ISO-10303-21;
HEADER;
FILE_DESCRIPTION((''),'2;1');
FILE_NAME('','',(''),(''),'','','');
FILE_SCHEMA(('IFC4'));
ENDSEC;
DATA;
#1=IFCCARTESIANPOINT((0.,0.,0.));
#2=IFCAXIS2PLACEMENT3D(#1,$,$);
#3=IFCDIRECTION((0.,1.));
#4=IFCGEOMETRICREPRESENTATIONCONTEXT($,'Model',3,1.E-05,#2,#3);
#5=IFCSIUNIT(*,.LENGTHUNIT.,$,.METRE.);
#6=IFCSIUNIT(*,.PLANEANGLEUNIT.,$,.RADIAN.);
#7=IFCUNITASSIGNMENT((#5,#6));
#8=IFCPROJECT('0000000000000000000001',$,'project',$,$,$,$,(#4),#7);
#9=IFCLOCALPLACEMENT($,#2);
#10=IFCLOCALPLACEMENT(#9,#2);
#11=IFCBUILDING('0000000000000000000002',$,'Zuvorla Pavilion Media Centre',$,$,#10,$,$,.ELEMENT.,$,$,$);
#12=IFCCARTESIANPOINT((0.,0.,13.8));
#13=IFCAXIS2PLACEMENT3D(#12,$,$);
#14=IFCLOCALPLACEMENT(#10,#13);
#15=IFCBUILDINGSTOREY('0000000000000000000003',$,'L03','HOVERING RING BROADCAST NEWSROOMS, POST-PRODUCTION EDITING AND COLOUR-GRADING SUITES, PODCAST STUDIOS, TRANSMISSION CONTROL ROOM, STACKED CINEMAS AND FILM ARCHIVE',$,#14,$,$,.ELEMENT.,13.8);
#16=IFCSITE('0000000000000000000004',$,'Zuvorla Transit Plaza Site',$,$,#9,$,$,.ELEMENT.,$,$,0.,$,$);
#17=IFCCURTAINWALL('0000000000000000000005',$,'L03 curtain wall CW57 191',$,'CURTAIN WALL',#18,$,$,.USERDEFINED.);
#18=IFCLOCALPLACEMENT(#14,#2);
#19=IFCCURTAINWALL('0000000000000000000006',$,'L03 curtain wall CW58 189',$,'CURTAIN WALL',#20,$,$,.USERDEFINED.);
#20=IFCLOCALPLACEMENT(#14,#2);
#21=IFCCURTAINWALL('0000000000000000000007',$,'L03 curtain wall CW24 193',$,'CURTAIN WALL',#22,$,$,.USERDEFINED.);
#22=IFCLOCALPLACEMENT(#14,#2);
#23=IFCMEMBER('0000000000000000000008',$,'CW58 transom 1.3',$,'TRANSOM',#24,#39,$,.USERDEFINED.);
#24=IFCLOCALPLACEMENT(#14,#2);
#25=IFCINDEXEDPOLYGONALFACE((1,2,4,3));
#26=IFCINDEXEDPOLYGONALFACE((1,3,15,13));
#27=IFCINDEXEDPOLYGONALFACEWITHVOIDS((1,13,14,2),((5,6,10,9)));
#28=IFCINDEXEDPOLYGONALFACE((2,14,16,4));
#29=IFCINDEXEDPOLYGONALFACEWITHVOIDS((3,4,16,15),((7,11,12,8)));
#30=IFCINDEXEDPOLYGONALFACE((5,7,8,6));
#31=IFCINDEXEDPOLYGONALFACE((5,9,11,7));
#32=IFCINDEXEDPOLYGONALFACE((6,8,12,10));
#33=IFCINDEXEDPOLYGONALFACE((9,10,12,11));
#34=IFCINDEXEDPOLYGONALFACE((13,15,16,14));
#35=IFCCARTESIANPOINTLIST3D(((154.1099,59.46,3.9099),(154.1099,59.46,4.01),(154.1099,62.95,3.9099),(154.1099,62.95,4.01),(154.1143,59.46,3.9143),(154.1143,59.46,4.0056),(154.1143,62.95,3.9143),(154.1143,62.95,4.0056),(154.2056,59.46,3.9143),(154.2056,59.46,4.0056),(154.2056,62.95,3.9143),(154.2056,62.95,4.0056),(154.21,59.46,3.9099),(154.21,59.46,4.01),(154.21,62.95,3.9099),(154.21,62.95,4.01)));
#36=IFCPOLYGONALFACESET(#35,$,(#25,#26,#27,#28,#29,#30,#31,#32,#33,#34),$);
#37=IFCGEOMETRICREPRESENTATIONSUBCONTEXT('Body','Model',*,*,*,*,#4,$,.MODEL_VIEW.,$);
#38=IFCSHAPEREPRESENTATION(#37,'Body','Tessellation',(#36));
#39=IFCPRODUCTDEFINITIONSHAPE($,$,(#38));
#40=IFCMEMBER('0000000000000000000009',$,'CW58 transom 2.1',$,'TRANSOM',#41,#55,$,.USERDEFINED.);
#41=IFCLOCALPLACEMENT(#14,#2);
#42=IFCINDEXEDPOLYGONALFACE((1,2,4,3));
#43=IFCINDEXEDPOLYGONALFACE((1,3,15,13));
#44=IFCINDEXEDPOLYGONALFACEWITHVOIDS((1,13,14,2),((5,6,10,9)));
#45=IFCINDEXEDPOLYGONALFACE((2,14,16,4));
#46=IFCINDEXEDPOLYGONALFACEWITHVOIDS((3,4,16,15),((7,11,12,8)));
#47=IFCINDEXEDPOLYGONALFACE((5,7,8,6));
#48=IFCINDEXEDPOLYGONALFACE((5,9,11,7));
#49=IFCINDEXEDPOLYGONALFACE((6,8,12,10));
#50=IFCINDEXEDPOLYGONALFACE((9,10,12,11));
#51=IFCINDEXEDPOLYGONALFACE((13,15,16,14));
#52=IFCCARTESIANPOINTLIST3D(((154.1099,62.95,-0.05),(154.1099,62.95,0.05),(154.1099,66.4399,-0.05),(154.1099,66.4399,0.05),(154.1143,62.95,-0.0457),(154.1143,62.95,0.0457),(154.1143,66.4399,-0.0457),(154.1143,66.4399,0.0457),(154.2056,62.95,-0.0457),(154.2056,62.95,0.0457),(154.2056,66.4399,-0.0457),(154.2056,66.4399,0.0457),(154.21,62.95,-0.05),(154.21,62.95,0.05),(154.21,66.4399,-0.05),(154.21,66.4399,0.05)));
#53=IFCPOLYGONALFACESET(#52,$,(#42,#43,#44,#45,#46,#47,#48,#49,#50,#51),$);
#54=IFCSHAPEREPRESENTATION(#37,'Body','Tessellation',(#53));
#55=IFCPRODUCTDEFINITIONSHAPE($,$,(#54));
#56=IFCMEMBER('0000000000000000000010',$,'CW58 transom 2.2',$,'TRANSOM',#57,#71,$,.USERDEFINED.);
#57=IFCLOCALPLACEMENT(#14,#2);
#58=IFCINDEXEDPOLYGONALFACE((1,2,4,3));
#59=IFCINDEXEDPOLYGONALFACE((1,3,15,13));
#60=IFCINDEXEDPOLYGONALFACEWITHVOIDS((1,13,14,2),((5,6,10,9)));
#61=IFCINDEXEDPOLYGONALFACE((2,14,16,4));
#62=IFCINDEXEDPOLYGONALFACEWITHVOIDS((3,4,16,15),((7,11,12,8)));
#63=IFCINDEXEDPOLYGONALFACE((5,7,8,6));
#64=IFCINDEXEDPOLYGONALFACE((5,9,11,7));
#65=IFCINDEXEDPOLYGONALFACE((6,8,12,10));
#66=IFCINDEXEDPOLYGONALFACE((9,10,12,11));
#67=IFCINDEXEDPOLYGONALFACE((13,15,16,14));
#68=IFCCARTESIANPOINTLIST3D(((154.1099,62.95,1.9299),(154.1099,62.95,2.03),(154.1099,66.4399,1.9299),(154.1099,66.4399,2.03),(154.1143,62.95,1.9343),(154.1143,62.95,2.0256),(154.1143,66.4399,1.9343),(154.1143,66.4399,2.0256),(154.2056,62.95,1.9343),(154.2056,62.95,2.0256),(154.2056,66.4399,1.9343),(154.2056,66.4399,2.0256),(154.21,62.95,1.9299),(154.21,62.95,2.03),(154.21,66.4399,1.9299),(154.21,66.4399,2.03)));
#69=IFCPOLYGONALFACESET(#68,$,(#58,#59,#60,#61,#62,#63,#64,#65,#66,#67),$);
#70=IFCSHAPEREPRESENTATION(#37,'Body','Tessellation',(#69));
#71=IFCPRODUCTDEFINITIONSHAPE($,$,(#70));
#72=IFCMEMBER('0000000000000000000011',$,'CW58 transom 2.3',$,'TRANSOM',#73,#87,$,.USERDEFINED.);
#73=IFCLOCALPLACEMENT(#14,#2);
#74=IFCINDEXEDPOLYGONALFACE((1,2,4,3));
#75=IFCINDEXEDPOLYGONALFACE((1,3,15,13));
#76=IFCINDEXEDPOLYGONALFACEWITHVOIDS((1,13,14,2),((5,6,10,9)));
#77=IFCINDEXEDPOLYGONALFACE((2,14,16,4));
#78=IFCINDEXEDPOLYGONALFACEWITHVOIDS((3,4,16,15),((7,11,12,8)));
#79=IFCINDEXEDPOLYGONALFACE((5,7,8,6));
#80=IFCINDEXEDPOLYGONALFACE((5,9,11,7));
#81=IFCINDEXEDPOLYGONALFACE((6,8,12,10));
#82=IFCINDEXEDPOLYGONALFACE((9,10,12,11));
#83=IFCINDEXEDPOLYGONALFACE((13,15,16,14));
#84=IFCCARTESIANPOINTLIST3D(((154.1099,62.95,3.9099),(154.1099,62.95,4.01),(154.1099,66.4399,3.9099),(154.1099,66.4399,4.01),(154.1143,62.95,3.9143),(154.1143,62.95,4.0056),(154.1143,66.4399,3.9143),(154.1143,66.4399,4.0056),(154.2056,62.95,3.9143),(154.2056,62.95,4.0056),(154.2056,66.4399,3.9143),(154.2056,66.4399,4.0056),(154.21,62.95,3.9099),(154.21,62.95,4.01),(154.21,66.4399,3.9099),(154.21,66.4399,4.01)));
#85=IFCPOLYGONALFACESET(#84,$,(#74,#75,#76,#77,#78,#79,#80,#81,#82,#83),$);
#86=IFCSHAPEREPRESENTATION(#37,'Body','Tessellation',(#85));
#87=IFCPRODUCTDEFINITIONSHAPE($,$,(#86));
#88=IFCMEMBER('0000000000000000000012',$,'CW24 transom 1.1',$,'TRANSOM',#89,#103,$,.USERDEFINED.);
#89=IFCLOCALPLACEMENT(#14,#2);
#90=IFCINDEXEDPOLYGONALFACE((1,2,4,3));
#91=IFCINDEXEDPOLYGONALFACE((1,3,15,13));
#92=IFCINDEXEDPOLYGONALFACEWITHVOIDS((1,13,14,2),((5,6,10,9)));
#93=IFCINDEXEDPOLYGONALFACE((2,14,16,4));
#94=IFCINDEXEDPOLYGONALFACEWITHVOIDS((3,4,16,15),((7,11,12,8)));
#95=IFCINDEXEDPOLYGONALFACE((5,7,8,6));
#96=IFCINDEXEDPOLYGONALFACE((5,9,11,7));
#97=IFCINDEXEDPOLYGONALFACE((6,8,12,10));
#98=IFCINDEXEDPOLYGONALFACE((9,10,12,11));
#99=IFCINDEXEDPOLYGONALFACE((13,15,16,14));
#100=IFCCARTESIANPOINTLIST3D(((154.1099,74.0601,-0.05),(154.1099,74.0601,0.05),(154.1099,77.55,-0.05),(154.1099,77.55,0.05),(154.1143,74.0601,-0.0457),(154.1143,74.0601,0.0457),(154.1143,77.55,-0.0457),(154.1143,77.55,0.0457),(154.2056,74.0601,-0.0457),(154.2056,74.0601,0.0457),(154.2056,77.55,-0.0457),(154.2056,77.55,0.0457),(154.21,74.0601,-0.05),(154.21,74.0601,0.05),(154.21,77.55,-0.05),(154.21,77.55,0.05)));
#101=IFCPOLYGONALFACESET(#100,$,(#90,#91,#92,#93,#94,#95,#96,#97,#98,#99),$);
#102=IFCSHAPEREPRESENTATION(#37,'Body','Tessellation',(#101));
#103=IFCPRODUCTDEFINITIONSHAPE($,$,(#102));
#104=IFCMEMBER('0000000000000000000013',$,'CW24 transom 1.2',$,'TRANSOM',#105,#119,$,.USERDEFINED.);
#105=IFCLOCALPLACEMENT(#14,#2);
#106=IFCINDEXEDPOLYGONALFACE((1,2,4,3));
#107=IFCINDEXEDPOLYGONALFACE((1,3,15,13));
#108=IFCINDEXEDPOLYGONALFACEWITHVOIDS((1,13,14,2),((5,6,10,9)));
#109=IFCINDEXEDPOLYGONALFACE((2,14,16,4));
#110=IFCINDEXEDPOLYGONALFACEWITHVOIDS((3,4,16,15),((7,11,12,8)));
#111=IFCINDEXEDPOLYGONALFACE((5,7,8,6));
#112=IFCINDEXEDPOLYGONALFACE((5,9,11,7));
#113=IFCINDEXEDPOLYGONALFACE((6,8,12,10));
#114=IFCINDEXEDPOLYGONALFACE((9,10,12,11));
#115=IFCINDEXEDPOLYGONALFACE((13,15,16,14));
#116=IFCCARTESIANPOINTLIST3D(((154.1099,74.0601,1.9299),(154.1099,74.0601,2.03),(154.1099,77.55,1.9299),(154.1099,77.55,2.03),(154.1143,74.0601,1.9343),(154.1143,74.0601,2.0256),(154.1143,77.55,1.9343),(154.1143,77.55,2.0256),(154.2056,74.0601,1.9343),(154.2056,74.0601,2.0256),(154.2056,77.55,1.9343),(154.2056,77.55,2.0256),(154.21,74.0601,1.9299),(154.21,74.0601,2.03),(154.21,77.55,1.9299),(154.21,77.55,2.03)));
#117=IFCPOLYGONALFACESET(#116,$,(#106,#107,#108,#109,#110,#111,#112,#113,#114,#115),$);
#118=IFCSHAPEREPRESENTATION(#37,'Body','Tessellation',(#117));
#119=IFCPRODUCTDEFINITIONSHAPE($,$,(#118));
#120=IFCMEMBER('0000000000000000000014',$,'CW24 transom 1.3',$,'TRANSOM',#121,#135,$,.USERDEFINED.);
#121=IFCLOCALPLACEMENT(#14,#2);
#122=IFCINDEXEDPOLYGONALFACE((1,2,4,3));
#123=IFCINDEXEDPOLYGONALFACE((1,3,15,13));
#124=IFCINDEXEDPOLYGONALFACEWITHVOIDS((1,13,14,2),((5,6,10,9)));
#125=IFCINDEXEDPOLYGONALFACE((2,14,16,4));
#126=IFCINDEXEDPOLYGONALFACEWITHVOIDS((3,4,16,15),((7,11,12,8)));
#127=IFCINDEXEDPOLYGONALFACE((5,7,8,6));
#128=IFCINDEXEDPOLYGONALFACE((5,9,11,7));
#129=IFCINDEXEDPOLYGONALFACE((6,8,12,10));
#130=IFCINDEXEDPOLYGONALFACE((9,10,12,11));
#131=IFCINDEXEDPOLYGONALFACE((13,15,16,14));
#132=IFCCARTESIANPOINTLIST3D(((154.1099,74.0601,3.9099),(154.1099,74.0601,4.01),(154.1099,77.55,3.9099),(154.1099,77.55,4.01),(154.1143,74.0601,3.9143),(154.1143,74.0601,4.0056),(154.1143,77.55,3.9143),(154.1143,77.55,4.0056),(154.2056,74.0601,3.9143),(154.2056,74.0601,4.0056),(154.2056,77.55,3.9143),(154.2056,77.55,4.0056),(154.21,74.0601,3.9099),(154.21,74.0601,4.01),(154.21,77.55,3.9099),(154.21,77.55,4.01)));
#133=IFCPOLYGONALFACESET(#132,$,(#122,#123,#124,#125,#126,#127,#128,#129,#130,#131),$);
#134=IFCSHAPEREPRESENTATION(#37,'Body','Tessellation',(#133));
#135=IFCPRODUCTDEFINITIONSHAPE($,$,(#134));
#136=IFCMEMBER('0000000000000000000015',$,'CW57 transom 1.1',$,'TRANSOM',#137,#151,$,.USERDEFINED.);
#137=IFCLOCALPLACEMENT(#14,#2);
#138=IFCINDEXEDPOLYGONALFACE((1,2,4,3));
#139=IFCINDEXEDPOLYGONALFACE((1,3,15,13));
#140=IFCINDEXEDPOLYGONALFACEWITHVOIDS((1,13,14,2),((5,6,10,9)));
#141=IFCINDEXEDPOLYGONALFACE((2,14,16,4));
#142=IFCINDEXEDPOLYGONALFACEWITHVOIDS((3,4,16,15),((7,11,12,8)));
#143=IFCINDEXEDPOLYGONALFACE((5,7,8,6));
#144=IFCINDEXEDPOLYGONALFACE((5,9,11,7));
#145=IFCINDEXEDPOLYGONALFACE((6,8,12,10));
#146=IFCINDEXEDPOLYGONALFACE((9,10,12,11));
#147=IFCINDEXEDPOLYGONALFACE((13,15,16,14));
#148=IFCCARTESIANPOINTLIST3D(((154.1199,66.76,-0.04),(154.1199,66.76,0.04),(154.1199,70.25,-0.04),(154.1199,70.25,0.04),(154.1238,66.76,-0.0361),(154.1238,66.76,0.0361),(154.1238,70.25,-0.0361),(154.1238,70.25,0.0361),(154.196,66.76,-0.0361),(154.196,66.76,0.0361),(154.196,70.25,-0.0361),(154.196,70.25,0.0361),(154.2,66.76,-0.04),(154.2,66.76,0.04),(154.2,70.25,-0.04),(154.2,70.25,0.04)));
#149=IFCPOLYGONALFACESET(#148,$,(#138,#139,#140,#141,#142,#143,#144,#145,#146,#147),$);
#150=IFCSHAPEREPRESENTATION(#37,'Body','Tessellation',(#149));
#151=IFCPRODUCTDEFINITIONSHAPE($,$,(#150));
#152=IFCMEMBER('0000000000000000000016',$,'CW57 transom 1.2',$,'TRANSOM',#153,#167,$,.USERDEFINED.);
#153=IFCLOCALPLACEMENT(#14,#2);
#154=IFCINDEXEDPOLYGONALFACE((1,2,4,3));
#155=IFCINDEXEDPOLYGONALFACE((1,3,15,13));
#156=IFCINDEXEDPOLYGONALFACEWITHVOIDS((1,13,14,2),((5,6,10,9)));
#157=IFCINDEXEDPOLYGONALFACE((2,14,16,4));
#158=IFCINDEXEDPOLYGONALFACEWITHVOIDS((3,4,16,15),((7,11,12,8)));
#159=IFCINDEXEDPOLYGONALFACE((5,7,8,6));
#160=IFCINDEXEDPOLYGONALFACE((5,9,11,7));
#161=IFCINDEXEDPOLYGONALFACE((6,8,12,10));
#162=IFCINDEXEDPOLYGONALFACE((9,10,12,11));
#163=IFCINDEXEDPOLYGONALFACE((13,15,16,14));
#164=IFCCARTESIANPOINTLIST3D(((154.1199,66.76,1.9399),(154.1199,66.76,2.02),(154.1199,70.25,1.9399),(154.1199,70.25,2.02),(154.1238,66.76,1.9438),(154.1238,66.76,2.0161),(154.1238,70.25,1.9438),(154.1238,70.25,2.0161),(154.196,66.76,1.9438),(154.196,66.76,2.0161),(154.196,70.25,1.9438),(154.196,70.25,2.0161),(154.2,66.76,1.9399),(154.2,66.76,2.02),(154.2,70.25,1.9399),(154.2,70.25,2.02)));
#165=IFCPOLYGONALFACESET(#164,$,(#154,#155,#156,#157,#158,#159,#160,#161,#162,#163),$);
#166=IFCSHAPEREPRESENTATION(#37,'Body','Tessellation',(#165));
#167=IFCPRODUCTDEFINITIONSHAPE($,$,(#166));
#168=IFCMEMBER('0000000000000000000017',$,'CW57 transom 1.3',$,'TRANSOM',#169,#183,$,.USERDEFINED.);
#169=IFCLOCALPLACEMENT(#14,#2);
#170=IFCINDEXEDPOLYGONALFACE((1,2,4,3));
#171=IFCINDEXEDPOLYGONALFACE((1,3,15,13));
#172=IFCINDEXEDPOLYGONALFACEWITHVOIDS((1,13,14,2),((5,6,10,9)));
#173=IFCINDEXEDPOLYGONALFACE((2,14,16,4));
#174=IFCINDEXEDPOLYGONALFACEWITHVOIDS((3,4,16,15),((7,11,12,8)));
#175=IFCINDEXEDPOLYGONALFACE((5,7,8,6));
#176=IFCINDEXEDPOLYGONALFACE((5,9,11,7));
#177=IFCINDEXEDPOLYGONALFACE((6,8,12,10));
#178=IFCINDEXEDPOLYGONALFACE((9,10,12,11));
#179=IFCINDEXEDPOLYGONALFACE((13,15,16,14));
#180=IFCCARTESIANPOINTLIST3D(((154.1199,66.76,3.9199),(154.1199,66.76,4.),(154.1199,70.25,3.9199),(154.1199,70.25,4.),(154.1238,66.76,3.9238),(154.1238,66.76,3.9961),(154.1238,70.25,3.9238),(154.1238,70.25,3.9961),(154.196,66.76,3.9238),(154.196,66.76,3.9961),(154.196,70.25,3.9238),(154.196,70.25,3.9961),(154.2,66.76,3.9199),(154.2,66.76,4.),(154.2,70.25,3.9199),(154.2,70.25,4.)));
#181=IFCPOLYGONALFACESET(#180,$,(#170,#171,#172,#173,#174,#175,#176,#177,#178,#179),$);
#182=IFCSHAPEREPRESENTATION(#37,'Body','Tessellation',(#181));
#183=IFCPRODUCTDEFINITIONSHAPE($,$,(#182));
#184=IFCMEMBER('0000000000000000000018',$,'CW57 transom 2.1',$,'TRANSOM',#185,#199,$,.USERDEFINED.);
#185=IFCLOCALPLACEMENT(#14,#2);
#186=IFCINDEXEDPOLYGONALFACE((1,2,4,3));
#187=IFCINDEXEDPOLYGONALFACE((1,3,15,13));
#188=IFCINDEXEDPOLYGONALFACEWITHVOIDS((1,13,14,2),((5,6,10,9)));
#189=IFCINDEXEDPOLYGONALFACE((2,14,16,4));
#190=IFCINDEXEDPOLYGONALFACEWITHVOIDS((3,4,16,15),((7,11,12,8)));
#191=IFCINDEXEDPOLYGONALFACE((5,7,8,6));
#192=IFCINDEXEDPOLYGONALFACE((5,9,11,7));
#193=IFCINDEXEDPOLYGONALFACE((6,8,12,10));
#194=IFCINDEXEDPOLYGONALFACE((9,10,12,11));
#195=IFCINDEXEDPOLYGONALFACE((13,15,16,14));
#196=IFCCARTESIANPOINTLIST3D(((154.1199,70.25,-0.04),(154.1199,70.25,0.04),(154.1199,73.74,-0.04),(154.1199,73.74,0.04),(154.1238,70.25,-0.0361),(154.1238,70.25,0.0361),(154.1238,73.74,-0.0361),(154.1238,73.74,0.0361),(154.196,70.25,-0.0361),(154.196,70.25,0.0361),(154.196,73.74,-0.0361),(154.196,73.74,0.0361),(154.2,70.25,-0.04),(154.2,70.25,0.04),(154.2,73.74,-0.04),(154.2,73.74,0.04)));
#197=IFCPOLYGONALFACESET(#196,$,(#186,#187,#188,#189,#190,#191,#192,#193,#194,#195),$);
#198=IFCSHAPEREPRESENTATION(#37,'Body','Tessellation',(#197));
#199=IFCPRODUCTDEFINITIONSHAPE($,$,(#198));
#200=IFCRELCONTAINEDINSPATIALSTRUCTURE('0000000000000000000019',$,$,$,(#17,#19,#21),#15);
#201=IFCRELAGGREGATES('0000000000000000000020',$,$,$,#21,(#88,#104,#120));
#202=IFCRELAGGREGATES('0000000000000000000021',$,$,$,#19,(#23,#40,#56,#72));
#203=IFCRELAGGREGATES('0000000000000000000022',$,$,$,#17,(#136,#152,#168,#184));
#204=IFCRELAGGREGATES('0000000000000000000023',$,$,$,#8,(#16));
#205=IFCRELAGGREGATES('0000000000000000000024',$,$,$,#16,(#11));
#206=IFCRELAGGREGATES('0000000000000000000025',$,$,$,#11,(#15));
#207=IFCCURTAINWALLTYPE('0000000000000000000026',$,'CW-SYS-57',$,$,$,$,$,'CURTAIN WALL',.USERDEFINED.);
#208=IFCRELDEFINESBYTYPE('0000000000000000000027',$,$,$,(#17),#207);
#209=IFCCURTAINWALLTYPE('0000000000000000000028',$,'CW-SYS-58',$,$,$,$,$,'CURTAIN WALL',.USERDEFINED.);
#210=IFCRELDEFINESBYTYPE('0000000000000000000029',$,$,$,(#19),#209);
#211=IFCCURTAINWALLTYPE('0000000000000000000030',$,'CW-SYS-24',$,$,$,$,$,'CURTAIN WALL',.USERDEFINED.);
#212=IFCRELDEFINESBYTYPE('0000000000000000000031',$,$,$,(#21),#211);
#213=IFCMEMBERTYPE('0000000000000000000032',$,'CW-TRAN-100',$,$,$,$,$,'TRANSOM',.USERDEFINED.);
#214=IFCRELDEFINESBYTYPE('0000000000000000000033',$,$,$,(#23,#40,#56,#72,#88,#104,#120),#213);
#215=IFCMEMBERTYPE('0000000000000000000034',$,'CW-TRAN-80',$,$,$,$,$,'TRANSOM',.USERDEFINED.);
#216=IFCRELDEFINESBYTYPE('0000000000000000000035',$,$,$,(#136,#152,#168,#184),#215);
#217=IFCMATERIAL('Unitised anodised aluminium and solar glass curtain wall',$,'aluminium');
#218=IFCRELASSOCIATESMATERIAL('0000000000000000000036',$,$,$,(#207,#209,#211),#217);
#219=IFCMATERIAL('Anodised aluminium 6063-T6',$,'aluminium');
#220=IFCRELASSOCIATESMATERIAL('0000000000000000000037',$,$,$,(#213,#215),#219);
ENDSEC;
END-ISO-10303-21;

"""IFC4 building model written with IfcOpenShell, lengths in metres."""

from ifc_helpers import new_model, si_unit, direction, frame, origin, origin_2d, place, context, subcontext, project, spatial, hollow_rectangle, extrude, material, material_profile, profile_set, type_object, element, aggregate, save


model = new_model("IFC4")

# Units and contexts
model_context = context("Model", 3, precision=1e-05, world=origin(), true_north=direction((0.0, 1.0)))
body_context = subcontext(model_context, "Body", "Model", "MODEL_VIEW")
ifc_project = project(units=[si_unit("LENGTHUNIT", "METRE"), si_unit("PLANEANGLEUNIT", "RADIAN")], contexts=[model_context])

# Site, building, storey
site_placement = place(None, origin())
site = spatial("IfcSite", under=ifc_project, at=site_placement, Name="Zuvorla Transit Plaza Site", CompositionType="ELEMENT", RefElevation=0.0)
building_placement = place(site_placement, origin())
building = spatial("IfcBuilding", under=site, at=building_placement, Name="Zuvorla Pavilion Media Centre", CompositionType="ELEMENT")
storey_placement = place(building_placement, frame((0.0, 0.0, 13.8)))
storey = spatial("IfcBuildingStorey", under=building, at=storey_placement, Name="L03", Description="HOVERING RING BROADCAST NEWSROOMS, POST-PRODUCTION EDITING AND COLOUR-GRADING SUITES, PODCAST STUDIOS, TRANSMISSION CONTROL ROOM, STACKED CINEMAS AND FILM ARCHIVE", CompositionType="ELEMENT", Elevation=13.8)

# Curtain wall
ifc_material_1 = material(Name="Unitised anodised aluminium and solar glass curtain wall", Category="aluminium")
curtain_wall_type_1 = type_object("IfcCurtainWallType", Name="CW-SYS-57", ElementType="CURTAIN WALL", PredefinedType="USERDEFINED", material=ifc_material_1)
curtain_wall_1_placement = place(storey_placement, origin())
curtain_wall_1 = element("IfcCurtainWall", 1, at=curtain_wall_1_placement, inside=storey, type_object=curtain_wall_type_1, Name="L03 curtain wall CW57 191", ObjectType="CURTAIN WALL", PredefinedType="USERDEFINED")
ifc_material_2 = material(Name="Anodised aluminium 6063-T6", Category="aluminium")

# Curtain walls
curtain_wall_type_2 = type_object("IfcCurtainWallType", Name="CW-SYS-58", ElementType="CURTAIN WALL", PredefinedType="USERDEFINED", material=ifc_material_1)
curtain_wall_2_placement = place(storey_placement, origin())
curtain_wall_2 = element("IfcCurtainWall", 2, at=curtain_wall_2_placement, inside=storey, type_object=curtain_wall_type_2, Name="L03 curtain wall CW58 189", ObjectType="CURTAIN WALL", PredefinedType="USERDEFINED")
curtain_wall_type_3 = type_object("IfcCurtainWallType", Name="CW-SYS-24", ElementType="CURTAIN WALL", PredefinedType="USERDEFINED", material=ifc_material_1)
curtain_wall_3_placement = place(storey_placement, origin())
curtain_wall_3 = element("IfcCurtainWall", 3, at=curtain_wall_3_placement, inside=storey, type_object=curtain_wall_type_3, Name="L03 curtain wall CW24 193", ObjectType="CURTAIN WALL", PredefinedType="USERDEFINED")

# Members
ifc_material_profile_1 = material_profile(ifc_material_2, hollow_rectangle(XDim=0.1001, YDim=0.1001, WallThickness=0.0044, at=origin_2d()), Name="ALU TRAN 100x100")
ifc_profile_set_1 = profile_set([ifc_material_profile_1], Name="Anodised aluminium 6063-T6")
member_type_1 = type_object("IfcMemberType", Name="CW-TRAN-100", ElementType="TRANSOM", PredefinedType="USERDEFINED", material=ifc_profile_set_1)
member_1_placement = place(storey_placement, frame((154.1599, 59.46, 3.96), z_axis=(0.0, 1.0, 0.0), x_axis=(-1.0, 0.0, 0.0)))
member_1 = element("IfcMember", 4, at=member_1_placement, type_object=member_type_1, Name="CW58 transom 1.3", ObjectType="TRANSOM", PredefinedType="USERDEFINED", context=body_context, shape_type="SweptSolid", body=[
    extrude(hollow_rectangle(XDim=0.1001, YDim=0.1001, WallThickness=0.0044, at=origin_2d()), origin(), (0.0, 0.0, 1.0), 3.49),
])
member_2_placement = place(storey_placement, frame((154.1599, 62.95, 0.0), z_axis=(0.0, 1.0, 0.0), x_axis=(-1.0, 0.0, 0.0)))
member_2 = element("IfcMember", 5, at=member_2_placement, type_object=member_type_1, Name="CW58 transom 2.1", ObjectType="TRANSOM", PredefinedType="USERDEFINED", context=body_context, shape_type="SweptSolid", body=[
    extrude(hollow_rectangle(XDim=0.1001, YDim=0.1001, WallThickness=0.0044, at=origin_2d()), origin(), (0.0, 0.0, 1.0), 3.49),
])
member_3_placement = place(storey_placement, frame((154.1599, 62.95, 1.98), z_axis=(0.0, 1.0, 0.0), x_axis=(-1.0, 0.0, 0.0)))
member_3 = element("IfcMember", 6, at=member_3_placement, type_object=member_type_1, Name="CW58 transom 2.2", ObjectType="TRANSOM", PredefinedType="USERDEFINED", context=body_context, shape_type="SweptSolid", body=[
    extrude(hollow_rectangle(XDim=0.1001, YDim=0.1001, WallThickness=0.0044, at=origin_2d()), origin(), (0.0, 0.0, 1.0), 3.49),
])
member_4_placement = place(storey_placement, frame((154.1599, 62.95, 3.96), z_axis=(0.0, 1.0, 0.0), x_axis=(-1.0, 0.0, 0.0)))
member_4 = element("IfcMember", 7, at=member_4_placement, type_object=member_type_1, Name="CW58 transom 2.3", ObjectType="TRANSOM", PredefinedType="USERDEFINED", context=body_context, shape_type="SweptSolid", body=[
    extrude(hollow_rectangle(XDim=0.1001, YDim=0.1001, WallThickness=0.0044, at=origin_2d()), origin(), (0.0, 0.0, 1.0), 3.49),
])
member_5_placement = place(storey_placement, frame((154.1599, 74.0601, 0.0), z_axis=(0.0, 1.0, 0.0), x_axis=(-1.0, 0.0, 0.0)))
member_5 = element("IfcMember", 8, at=member_5_placement, type_object=member_type_1, Name="CW24 transom 1.1", ObjectType="TRANSOM", PredefinedType="USERDEFINED", context=body_context, shape_type="SweptSolid", body=[
    extrude(hollow_rectangle(XDim=0.1001, YDim=0.1001, WallThickness=0.0044, at=origin_2d()), origin(), (0.0, 0.0, 1.0), 3.49),
])
member_6_placement = place(storey_placement, frame((154.1599, 74.0601, 1.98), z_axis=(0.0, 1.0, 0.0), x_axis=(-1.0, 0.0, 0.0)))
member_6 = element("IfcMember", 9, at=member_6_placement, type_object=member_type_1, Name="CW24 transom 1.2", ObjectType="TRANSOM", PredefinedType="USERDEFINED", context=body_context, shape_type="SweptSolid", body=[
    extrude(hollow_rectangle(XDim=0.1001, YDim=0.1001, WallThickness=0.0044, at=origin_2d()), origin(), (0.0, 0.0, 1.0), 3.49),
])
member_7_placement = place(storey_placement, frame((154.1599, 74.0601, 3.96), z_axis=(0.0, 1.0, 0.0), x_axis=(-1.0, 0.0, 0.0)))
member_7 = element("IfcMember", 10, at=member_7_placement, type_object=member_type_1, Name="CW24 transom 1.3", ObjectType="TRANSOM", PredefinedType="USERDEFINED", context=body_context, shape_type="SweptSolid", body=[
    extrude(hollow_rectangle(XDim=0.1001, YDim=0.1001, WallThickness=0.0044, at=origin_2d()), origin(), (0.0, 0.0, 1.0), 3.49),
])
ifc_material_profile_2 = material_profile(ifc_material_2, hollow_rectangle(XDim=0.0801, YDim=0.0801, WallThickness=0.0039, at=origin_2d()), Name="ALU TRAN 80x80")
ifc_profile_set_2 = profile_set([ifc_material_profile_2], Name="Anodised aluminium 6063-T6")
member_type_2 = type_object("IfcMemberType", Name="CW-TRAN-80", ElementType="TRANSOM", PredefinedType="USERDEFINED", material=ifc_profile_set_2)
member_8_placement = place(storey_placement, frame((154.1599, 66.76, 0.0), z_axis=(0.0, 1.0, 0.0), x_axis=(-1.0, 0.0, 0.0)))
member_8 = element("IfcMember", 11, at=member_8_placement, type_object=member_type_2, Name="CW57 transom 1.1", ObjectType="TRANSOM", PredefinedType="USERDEFINED", context=body_context, shape_type="SweptSolid", body=[
    extrude(hollow_rectangle(XDim=0.0801, YDim=0.0801, WallThickness=0.0039, at=origin_2d()), origin(), (0.0, 0.0, 1.0), 3.49),
])
member_9_placement = place(storey_placement, frame((154.1599, 66.76, 1.98), z_axis=(0.0, 1.0, 0.0), x_axis=(-1.0, 0.0, 0.0)))
member_9 = element("IfcMember", 12, at=member_9_placement, type_object=member_type_2, Name="CW57 transom 1.2", ObjectType="TRANSOM", PredefinedType="USERDEFINED", context=body_context, shape_type="SweptSolid", body=[
    extrude(hollow_rectangle(XDim=0.0801, YDim=0.0801, WallThickness=0.0039, at=origin_2d()), origin(), (0.0, 0.0, 1.0), 3.49),
])
member_10_placement = place(storey_placement, frame((154.1599, 66.76, 3.96), z_axis=(0.0, 1.0, 0.0), x_axis=(-1.0, 0.0, 0.0)))
member_10 = element("IfcMember", 13, at=member_10_placement, type_object=member_type_2, Name="CW57 transom 1.3", ObjectType="TRANSOM", PredefinedType="USERDEFINED", context=body_context, shape_type="SweptSolid", body=[
    extrude(hollow_rectangle(XDim=0.0801, YDim=0.0801, WallThickness=0.0039, at=origin_2d()), origin(), (0.0, 0.0, 1.0), 3.49),
])
member_11_placement = place(storey_placement, frame((154.1599, 70.25, 0.0), z_axis=(0.0, 1.0, 0.0), x_axis=(-1.0, 0.0, 0.0)))
member_11 = element("IfcMember", 14, at=member_11_placement, type_object=member_type_2, Name="CW57 transom 2.1", ObjectType="TRANSOM", PredefinedType="USERDEFINED", context=body_context, shape_type="SweptSolid", body=[
    extrude(hollow_rectangle(XDim=0.0801, YDim=0.0801, WallThickness=0.0039, at=origin_2d()), origin(), (0.0, 0.0, 1.0), 3.49),
])

aggregate(curtain_wall_3, [member_5, member_6, member_7])
aggregate(curtain_wall_2, [member_1, member_2, member_3, member_4])
aggregate(curtain_wall_1, [member_8, member_9, member_10, member_11])

save(model, "model.ifc")
